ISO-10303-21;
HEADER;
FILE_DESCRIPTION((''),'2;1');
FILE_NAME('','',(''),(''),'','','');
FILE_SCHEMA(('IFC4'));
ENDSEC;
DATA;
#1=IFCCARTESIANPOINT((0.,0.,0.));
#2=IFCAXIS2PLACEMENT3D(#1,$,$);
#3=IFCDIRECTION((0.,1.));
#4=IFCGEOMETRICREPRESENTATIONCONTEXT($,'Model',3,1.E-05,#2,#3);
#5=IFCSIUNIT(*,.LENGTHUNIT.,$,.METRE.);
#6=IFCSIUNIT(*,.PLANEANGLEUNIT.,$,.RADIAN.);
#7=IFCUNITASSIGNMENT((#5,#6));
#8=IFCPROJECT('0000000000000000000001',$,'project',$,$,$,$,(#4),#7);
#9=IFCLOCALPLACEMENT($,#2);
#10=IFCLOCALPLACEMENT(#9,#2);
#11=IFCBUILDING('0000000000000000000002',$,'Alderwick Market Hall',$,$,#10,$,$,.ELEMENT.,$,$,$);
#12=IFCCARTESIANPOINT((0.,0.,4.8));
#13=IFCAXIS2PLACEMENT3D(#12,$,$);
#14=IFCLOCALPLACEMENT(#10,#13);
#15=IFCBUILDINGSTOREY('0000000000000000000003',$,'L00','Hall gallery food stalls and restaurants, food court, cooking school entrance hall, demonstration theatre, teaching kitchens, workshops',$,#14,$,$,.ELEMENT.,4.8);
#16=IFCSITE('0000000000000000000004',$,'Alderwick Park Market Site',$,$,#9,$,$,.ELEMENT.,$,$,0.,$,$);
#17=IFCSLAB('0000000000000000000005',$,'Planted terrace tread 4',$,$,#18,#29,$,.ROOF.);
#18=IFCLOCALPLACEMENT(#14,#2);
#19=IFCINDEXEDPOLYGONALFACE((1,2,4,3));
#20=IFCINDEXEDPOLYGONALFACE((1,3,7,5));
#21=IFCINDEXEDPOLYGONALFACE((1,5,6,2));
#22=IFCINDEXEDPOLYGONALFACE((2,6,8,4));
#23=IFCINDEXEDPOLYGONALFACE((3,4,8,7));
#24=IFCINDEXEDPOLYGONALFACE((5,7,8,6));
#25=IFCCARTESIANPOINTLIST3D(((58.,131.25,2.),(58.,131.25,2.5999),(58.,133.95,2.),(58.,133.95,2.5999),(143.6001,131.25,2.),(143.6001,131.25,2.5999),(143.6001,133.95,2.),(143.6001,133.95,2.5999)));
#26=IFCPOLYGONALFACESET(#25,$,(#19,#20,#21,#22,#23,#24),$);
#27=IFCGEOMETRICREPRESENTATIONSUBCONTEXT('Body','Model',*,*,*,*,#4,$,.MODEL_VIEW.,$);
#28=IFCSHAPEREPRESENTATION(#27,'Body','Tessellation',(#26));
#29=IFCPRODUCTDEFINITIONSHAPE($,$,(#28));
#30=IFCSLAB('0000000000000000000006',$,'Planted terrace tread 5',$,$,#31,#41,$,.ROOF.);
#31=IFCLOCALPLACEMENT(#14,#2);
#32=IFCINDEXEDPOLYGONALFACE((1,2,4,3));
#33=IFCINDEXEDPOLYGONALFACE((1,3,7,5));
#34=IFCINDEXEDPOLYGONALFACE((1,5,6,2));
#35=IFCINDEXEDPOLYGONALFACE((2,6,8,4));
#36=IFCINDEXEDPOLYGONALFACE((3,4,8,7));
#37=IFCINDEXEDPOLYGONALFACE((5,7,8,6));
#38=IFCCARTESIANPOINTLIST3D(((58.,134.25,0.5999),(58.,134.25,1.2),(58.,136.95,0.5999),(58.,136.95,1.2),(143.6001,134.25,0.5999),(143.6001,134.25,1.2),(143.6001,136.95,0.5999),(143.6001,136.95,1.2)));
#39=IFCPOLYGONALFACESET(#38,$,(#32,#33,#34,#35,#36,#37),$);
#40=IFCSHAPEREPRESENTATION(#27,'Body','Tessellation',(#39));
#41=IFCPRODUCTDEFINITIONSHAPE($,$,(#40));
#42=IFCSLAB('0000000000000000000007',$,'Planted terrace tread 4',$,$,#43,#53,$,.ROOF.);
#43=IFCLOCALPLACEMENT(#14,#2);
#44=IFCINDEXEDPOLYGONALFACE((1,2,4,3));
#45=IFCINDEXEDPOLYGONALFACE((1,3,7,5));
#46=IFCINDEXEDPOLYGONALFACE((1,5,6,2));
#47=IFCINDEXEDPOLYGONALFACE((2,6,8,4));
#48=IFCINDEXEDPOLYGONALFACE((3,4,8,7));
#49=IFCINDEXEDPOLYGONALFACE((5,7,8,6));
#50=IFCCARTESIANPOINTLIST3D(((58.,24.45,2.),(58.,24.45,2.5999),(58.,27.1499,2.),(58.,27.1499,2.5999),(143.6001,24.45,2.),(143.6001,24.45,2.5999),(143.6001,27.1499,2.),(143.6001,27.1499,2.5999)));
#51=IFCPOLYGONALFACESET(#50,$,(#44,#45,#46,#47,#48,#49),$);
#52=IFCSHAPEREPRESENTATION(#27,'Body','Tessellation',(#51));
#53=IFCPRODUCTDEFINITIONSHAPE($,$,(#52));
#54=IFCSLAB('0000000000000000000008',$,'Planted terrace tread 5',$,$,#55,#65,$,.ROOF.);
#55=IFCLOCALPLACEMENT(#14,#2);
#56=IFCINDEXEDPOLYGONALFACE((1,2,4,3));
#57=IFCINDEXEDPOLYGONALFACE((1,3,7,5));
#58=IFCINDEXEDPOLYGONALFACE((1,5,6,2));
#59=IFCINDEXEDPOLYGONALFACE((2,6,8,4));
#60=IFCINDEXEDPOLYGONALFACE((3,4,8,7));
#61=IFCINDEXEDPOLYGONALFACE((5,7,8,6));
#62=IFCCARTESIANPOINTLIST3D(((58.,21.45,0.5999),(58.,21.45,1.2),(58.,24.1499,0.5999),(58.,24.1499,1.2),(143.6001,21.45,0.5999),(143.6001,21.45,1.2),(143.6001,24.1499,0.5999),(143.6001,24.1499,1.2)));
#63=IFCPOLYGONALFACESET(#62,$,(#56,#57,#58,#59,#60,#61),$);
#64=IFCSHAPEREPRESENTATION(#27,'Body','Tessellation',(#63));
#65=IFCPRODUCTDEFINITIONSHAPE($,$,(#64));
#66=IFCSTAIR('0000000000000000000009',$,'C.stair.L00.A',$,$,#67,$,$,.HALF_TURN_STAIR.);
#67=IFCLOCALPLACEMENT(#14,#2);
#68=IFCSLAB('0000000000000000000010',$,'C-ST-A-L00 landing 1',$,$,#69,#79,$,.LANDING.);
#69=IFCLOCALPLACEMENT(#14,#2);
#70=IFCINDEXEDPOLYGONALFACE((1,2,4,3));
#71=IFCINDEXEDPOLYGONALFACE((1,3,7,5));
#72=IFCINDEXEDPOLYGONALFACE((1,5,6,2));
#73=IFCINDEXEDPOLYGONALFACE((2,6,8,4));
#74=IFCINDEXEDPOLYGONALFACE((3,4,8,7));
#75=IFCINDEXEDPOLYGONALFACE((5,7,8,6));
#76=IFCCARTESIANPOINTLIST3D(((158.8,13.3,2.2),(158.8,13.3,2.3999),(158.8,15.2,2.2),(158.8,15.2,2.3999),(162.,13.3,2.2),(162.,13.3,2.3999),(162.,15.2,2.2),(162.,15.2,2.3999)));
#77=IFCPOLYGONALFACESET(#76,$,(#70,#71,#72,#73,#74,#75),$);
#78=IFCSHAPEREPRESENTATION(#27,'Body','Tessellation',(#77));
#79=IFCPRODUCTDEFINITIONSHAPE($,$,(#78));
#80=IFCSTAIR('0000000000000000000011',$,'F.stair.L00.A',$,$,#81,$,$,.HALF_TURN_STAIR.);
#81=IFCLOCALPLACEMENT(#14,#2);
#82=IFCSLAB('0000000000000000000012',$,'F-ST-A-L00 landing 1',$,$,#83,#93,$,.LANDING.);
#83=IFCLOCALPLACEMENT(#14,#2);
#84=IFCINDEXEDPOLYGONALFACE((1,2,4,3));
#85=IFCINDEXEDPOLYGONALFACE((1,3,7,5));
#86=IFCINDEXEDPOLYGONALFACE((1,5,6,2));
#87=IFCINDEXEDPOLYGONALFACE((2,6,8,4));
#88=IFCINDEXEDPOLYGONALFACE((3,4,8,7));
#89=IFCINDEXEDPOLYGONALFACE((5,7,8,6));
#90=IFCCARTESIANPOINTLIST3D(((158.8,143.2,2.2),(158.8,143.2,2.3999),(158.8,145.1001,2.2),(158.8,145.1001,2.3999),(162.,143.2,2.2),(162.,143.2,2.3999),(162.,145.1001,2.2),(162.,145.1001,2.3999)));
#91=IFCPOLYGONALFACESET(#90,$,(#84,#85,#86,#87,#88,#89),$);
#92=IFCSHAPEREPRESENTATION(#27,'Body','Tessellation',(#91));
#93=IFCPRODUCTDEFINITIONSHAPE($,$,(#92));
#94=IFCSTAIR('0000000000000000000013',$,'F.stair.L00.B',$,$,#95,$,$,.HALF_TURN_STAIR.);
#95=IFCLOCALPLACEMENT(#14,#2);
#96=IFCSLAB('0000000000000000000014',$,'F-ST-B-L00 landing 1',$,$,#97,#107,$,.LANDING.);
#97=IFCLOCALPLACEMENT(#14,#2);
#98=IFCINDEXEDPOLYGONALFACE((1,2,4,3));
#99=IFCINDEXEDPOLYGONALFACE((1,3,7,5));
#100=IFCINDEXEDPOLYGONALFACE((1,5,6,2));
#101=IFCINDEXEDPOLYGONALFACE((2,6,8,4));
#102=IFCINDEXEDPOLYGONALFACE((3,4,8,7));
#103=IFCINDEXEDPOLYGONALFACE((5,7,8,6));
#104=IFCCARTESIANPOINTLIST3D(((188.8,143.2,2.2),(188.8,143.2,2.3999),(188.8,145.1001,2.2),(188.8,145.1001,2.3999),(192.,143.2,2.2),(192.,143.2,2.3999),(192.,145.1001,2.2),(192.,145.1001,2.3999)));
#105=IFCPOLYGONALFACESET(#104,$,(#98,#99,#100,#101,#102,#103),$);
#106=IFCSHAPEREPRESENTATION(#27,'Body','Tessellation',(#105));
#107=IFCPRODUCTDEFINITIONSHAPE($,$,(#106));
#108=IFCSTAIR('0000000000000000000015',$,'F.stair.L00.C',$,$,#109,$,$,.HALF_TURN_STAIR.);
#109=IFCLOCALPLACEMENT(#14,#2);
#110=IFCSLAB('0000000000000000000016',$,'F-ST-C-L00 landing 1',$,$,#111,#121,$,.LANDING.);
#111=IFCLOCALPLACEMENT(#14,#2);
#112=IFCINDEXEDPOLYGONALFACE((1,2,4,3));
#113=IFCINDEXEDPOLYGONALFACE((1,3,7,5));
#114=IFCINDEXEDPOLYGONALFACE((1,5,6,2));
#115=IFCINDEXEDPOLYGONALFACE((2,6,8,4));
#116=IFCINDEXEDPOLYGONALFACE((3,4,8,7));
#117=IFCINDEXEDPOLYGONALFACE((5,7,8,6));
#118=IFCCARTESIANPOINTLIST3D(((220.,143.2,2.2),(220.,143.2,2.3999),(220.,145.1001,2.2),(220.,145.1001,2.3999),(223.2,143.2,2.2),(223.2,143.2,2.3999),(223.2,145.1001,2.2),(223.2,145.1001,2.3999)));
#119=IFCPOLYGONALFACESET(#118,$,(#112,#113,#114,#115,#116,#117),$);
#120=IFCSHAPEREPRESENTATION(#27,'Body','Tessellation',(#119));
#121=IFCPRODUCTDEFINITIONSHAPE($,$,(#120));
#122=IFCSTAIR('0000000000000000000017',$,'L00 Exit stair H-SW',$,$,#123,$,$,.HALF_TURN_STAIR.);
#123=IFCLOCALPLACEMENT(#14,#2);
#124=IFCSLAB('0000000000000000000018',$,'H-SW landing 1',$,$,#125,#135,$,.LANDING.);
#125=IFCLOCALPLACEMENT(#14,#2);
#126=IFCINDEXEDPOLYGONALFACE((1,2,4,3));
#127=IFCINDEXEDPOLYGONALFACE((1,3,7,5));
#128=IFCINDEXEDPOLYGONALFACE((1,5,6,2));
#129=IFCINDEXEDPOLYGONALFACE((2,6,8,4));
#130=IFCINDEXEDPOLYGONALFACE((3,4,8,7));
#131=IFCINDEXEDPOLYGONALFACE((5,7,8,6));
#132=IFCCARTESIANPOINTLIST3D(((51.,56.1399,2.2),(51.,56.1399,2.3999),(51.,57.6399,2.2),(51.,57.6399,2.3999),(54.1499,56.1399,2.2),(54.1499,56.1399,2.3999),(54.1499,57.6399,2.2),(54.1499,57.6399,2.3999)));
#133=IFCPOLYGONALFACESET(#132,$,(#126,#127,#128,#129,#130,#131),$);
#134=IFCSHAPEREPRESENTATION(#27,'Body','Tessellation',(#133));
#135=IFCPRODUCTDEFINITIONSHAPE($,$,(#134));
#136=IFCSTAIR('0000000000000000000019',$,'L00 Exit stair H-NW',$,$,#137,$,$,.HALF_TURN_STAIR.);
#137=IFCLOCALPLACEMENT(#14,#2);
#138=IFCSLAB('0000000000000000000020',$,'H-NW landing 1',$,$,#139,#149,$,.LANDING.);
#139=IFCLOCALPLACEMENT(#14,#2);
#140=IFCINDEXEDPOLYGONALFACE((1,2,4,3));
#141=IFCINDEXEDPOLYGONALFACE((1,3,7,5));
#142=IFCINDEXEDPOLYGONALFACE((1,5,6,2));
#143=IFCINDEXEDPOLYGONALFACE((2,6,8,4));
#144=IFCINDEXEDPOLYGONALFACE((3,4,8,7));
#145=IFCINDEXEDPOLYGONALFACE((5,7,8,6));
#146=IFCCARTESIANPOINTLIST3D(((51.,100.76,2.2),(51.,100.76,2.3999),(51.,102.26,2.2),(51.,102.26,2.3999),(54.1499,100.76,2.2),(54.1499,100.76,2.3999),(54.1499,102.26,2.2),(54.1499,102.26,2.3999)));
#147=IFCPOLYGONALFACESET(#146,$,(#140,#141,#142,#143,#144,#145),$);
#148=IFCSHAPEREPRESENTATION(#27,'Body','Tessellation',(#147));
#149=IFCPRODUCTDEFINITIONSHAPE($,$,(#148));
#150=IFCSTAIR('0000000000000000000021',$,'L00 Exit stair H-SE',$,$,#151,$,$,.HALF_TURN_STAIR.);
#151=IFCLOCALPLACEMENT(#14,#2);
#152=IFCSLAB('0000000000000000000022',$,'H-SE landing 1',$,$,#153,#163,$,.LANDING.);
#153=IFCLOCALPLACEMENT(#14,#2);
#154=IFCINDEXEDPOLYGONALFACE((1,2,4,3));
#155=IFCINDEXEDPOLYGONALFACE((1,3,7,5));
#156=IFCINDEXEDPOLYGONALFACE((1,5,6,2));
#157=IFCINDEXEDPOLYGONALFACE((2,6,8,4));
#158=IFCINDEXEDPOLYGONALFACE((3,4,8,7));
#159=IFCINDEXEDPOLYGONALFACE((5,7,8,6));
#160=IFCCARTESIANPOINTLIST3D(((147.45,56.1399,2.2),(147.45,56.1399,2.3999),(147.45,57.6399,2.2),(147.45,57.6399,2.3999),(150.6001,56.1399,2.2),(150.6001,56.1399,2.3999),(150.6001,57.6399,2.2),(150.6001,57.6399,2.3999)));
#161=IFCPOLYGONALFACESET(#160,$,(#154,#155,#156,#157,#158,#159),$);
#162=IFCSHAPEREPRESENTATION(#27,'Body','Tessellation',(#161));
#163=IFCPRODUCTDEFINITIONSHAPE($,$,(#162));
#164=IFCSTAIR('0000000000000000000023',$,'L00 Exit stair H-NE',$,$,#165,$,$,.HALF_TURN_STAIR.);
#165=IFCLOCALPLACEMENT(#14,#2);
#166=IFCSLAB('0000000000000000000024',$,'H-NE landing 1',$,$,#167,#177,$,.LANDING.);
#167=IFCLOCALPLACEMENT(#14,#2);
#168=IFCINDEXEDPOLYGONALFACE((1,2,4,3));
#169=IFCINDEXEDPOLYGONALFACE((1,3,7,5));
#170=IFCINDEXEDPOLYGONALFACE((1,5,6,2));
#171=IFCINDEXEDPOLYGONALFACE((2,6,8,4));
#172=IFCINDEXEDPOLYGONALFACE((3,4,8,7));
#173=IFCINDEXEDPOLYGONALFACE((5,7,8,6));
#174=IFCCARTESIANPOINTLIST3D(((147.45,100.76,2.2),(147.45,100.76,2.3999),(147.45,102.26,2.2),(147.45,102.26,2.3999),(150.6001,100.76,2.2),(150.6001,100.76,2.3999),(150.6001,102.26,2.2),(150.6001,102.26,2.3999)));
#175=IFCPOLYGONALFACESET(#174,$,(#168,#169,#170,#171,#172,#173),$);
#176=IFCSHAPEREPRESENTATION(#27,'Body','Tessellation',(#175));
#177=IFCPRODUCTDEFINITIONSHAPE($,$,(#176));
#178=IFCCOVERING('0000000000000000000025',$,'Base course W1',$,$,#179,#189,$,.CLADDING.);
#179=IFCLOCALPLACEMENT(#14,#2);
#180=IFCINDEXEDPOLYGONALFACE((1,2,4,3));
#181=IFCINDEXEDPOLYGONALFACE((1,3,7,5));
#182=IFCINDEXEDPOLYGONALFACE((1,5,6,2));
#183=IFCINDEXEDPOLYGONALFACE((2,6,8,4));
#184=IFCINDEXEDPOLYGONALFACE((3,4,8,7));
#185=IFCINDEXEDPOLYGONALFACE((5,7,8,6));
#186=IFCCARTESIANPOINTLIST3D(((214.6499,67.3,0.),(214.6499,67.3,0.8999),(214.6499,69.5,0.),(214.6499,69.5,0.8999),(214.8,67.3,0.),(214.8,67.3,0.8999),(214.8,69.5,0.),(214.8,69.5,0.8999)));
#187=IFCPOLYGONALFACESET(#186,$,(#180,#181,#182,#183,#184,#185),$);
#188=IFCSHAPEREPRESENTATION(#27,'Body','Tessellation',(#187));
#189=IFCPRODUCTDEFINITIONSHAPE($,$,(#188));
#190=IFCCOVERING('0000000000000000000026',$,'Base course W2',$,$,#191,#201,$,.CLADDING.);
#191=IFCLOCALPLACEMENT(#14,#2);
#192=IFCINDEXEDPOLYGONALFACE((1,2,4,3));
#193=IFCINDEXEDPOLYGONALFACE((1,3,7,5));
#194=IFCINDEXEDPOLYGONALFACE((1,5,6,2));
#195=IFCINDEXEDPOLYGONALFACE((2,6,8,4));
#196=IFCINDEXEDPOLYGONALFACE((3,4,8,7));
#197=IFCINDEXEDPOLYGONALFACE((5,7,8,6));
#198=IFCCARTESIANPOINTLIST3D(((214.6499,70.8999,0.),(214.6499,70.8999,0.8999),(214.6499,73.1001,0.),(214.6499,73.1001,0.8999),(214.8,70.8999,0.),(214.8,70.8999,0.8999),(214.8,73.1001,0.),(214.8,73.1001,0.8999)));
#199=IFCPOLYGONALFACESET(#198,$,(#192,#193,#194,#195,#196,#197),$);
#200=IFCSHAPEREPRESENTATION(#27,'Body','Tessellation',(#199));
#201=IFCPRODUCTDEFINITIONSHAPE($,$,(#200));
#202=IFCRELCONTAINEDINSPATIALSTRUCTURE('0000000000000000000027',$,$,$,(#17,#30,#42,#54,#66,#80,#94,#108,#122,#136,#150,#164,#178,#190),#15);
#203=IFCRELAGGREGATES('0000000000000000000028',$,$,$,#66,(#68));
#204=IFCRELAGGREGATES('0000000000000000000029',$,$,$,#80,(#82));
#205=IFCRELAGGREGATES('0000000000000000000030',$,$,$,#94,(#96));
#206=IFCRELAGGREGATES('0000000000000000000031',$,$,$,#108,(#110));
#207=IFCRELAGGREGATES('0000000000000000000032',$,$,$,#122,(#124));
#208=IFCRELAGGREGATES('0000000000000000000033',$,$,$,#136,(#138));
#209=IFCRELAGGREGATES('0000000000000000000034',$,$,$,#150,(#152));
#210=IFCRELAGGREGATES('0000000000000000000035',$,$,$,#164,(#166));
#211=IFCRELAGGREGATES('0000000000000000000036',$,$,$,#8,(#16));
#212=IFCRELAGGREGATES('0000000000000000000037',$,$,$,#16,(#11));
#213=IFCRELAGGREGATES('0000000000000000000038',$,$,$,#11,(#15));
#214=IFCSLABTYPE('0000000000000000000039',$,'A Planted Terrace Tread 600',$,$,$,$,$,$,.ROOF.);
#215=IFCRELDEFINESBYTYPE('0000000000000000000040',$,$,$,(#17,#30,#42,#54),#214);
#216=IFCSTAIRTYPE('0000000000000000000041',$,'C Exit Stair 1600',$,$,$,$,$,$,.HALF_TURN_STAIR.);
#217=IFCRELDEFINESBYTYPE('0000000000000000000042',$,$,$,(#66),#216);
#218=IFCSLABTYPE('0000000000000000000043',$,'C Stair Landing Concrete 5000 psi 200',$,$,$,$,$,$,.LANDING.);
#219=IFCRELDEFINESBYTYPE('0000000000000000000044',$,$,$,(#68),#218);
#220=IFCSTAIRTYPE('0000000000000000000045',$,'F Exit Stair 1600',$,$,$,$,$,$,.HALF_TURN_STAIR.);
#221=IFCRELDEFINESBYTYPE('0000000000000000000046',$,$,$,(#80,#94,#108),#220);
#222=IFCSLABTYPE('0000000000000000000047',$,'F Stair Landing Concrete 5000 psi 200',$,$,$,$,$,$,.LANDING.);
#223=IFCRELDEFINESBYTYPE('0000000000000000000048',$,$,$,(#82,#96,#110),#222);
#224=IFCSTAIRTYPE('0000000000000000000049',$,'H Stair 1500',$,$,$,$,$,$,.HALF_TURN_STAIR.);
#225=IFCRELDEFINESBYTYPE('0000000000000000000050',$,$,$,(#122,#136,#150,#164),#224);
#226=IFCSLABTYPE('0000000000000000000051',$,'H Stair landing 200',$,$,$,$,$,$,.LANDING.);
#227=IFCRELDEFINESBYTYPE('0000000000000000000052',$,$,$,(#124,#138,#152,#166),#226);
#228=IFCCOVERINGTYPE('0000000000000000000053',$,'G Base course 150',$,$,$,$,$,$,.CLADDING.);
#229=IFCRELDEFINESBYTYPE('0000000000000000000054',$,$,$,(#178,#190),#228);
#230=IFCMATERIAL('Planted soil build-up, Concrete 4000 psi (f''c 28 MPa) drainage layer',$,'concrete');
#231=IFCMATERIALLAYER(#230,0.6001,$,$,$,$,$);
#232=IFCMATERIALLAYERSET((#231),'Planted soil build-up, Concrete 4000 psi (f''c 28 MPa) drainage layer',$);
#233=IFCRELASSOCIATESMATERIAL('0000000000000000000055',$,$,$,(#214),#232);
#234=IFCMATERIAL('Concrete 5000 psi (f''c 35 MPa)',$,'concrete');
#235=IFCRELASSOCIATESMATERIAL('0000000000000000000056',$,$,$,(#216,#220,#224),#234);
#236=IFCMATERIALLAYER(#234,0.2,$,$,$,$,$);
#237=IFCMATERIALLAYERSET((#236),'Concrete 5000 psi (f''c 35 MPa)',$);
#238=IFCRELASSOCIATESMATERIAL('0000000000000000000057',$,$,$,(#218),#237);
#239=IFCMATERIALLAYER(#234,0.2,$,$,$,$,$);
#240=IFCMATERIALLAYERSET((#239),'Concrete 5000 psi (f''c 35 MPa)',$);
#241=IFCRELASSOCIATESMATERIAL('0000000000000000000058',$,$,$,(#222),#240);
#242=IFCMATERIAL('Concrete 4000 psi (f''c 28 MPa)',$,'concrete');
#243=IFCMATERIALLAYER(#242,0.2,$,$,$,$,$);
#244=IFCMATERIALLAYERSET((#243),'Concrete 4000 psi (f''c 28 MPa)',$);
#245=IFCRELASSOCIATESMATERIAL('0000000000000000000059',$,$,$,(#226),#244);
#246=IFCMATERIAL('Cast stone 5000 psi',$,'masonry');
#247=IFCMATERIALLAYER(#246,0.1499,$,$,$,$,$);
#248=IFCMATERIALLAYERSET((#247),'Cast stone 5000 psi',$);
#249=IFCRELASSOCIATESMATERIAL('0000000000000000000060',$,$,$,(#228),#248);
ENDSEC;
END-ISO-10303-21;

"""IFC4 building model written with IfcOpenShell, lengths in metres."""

from ifc_helpers import new_model, si_unit, direction, frame, origin, place, context, subcontext, project, spatial, polyline, outline, extrude, material, layer, layer_set, type_object, element, aggregate, save


model = new_model("IFC4")

# Units and contexts
model_context = context("Model", 3, precision=1e-05, world=origin(), true_north=direction((0.0, 1.0)))
body_context = subcontext(model_context, "Body", "Model", "MODEL_VIEW")
ifc_project = project(units=[si_unit("LENGTHUNIT", "METRE"), si_unit("PLANEANGLEUNIT", "RADIAN")], contexts=[model_context])

# Site, building, storey
site_placement = place(None, origin())
site = spatial("IfcSite", under=ifc_project, at=site_placement, Name="Alderwick Park Market Site", CompositionType="ELEMENT", RefElevation=0.0)
building_placement = place(site_placement, origin())
building = spatial("IfcBuilding", under=site, at=building_placement, Name="Alderwick Market Hall", CompositionType="ELEMENT")
storey_placement = place(building_placement, frame((0.0, 0.0, 4.8)))
storey = spatial("IfcBuildingStorey", under=building, at=storey_placement, Name="L00", Description="Hall gallery food stalls and restaurants, food court, cooking school entrance hall, demonstration theatre, teaching kitchens, workshops", CompositionType="ELEMENT", Elevation=4.8)

# Slabs
ifc_material_1 = material(Name="Planted soil build-up, Concrete 4000 psi (f'c 28 MPa) drainage layer", Category="concrete")
ifc_layer_1 = layer(ifc_material_1, 0.6001)
ifc_layer_set_1 = layer_set([ifc_layer_1], Name="Planted soil build-up, Concrete 4000 psi (f'c 28 MPa) drainage layer")
slab_type_1 = type_object("IfcSlabType", Name="A Planted Terrace Tread 600", PredefinedType="ROOF", material=ifc_layer_set_1)
slab_1_placement = place(storey_placement, frame((0.0, 0.0, 2.0)))
element("IfcSlab", 1, at=slab_1_placement, inside=storey, type_object=slab_type_1, Name="Planted terrace tread 4", PredefinedType="ROOF", context=body_context, shape_type="SweptSolid", body=[
    extrude(outline(polyline([(58.0, 131.25), (143.6001, 131.25), (143.6001, 133.95), (58.0, 133.95), (58.0, 131.25)])), origin(), (0.0, 0.0, 1.0), 0.5999),
])
slab_2_placement = place(storey_placement, frame((0.0, 0.0, 0.5999)))
element("IfcSlab", 2, at=slab_2_placement, inside=storey, type_object=slab_type_1, Name="Planted terrace tread 5", PredefinedType="ROOF", context=body_context, shape_type="SweptSolid", body=[
    extrude(outline(polyline([(58.0, 134.25), (143.6001, 134.25), (143.6001, 136.95), (58.0, 136.95), (58.0, 134.25)])), origin(), (0.0, 0.0, 1.0), 0.6001),
])
slab_3_placement = place(storey_placement, frame((0.0, 0.0, 2.0)))
element("IfcSlab", 3, at=slab_3_placement, inside=storey, type_object=slab_type_1, Name="Planted terrace tread 4", PredefinedType="ROOF", context=body_context, shape_type="SweptSolid", body=[
    extrude(outline(polyline([(58.0, 24.45), (143.6001, 24.45), (143.6001, 27.1499), (58.0, 27.1499), (58.0, 24.45)])), origin(), (0.0, 0.0, 1.0), 0.5999),
])
slab_4_placement = place(storey_placement, frame((0.0, 0.0, 0.5999)))
element("IfcSlab", 4, at=slab_4_placement, inside=storey, type_object=slab_type_1, Name="Planted terrace tread 5", PredefinedType="ROOF", context=body_context, shape_type="SweptSolid", body=[
    extrude(outline(polyline([(58.0, 21.45), (143.6001, 21.45), (143.6001, 24.1499), (58.0, 24.1499), (58.0, 21.45)])), origin(), (0.0, 0.0, 1.0), 0.6001),
])

# Stairs, slabs
ifc_material_2 = material(Name="Concrete 5000 psi (f'c 35 MPa)", Category="concrete")
stair_type_1 = type_object("IfcStairType", Name="C Exit Stair 1600", PredefinedType="HALF_TURN_STAIR", material=ifc_material_2)
stair_1_placement = place(storey_placement, origin())
stair_1 = element("IfcStair", 5, at=stair_1_placement, inside=storey, type_object=stair_type_1, Name="C.stair.L00.A", PredefinedType="HALF_TURN_STAIR")
ifc_layer_2 = layer(ifc_material_2, 0.2)
ifc_layer_set_2 = layer_set([ifc_layer_2], Name="Concrete 5000 psi (f'c 35 MPa)")
slab_type_2 = type_object("IfcSlabType", Name="C Stair Landing Concrete 5000 psi 200", PredefinedType="LANDING", material=ifc_layer_set_2)
slab_5_placement = place(storey_placement, frame((0.0, 0.0, 2.2)))
slab_5 = element("IfcSlab", 6, at=slab_5_placement, type_object=slab_type_2, Name="C-ST-A-L00 landing 1", PredefinedType="LANDING", context=body_context, shape_type="SweptSolid", body=[
    extrude(outline(polyline([(158.8, 15.2), (162.0, 15.2), (162.0, 13.3), (158.8, 13.3), (158.8, 15.2)])), origin(), (0.0, 0.0, 1.0), 0.2),
])
aggregate(stair_1, [slab_5])
stair_type_2 = type_object("IfcStairType", Name="F Exit Stair 1600", PredefinedType="HALF_TURN_STAIR", material=ifc_material_2)
stair_2_placement = place(storey_placement, origin())
stair_2 = element("IfcStair", 7, at=stair_2_placement, inside=storey, type_object=stair_type_2, Name="F.stair.L00.A", PredefinedType="HALF_TURN_STAIR")
ifc_layer_3 = layer(ifc_material_2, 0.2)
ifc_layer_set_3 = layer_set([ifc_layer_3], Name="Concrete 5000 psi (f'c 35 MPa)")
slab_type_3 = type_object("IfcSlabType", Name="F Stair Landing Concrete 5000 psi 200", PredefinedType="LANDING", material=ifc_layer_set_3)
slab_6_placement = place(storey_placement, frame((0.0, 0.0, 2.2)))
slab_6 = element("IfcSlab", 8, at=slab_6_placement, type_object=slab_type_3, Name="F-ST-A-L00 landing 1", PredefinedType="LANDING", context=body_context, shape_type="SweptSolid", body=[
    extrude(outline(polyline([(158.8, 143.2), (162.0, 143.2), (162.0, 145.1001), (158.8, 145.1001), (158.8, 143.2)])), origin(), (0.0, 0.0, 1.0), 0.2),
])
aggregate(stair_2, [slab_6])
stair_3_placement = place(storey_placement, origin())
stair_3 = element("IfcStair", 9, at=stair_3_placement, inside=storey, type_object=stair_type_2, Name="F.stair.L00.B", PredefinedType="HALF_TURN_STAIR")
slab_7_placement = place(storey_placement, frame((0.0, 0.0, 2.2)))
slab_7 = element("IfcSlab", 10, at=slab_7_placement, type_object=slab_type_3, Name="F-ST-B-L00 landing 1", PredefinedType="LANDING", context=body_context, shape_type="SweptSolid", body=[
    extrude(outline(polyline([(188.8, 143.2), (192.0, 143.2), (192.0, 145.1001), (188.8, 145.1001), (188.8, 143.2)])), origin(), (0.0, 0.0, 1.0), 0.2),
])
aggregate(stair_3, [slab_7])
stair_4_placement = place(storey_placement, origin())
stair_4 = element("IfcStair", 11, at=stair_4_placement, inside=storey, type_object=stair_type_2, Name="F.stair.L00.C", PredefinedType="HALF_TURN_STAIR")
slab_8_placement = place(storey_placement, frame((0.0, 0.0, 2.2)))
slab_8 = element("IfcSlab", 12, at=slab_8_placement, type_object=slab_type_3, Name="F-ST-C-L00 landing 1", PredefinedType="LANDING", context=body_context, shape_type="SweptSolid", body=[
    extrude(outline(polyline([(220.0, 143.2), (223.2, 143.2), (223.2, 145.1001), (220.0, 145.1001), (220.0, 143.2)])), origin(), (0.0, 0.0, 1.0), 0.2),
])
aggregate(stair_4, [slab_8])
stair_type_3 = type_object("IfcStairType", Name="H Stair 1500", PredefinedType="HALF_TURN_STAIR", material=ifc_material_2)
stair_5_placement = place(storey_placement, origin())
stair_5 = element("IfcStair", 13, at=stair_5_placement, inside=storey, type_object=stair_type_3, Name="L00 Exit stair H-SW", PredefinedType="HALF_TURN_STAIR")
ifc_material_3 = material(Name="Concrete 4000 psi (f'c 28 MPa)", Category="concrete")
ifc_layer_4 = layer(ifc_material_3, 0.2)
ifc_layer_set_4 = layer_set([ifc_layer_4], Name="Concrete 4000 psi (f'c 28 MPa)")
slab_type_4 = type_object("IfcSlabType", Name="H Stair landing 200", PredefinedType="LANDING", material=ifc_layer_set_4)
slab_9_placement = place(storey_placement, frame((0.0, 0.0, 2.2)))
slab_9 = element("IfcSlab", 14, at=slab_9_placement, type_object=slab_type_4, Name="H-SW landing 1", PredefinedType="LANDING", context=body_context, shape_type="SweptSolid", body=[
    extrude(outline(polyline([(54.1499, 56.1399), (54.1499, 57.6399), (51.0, 57.6399), (51.0, 56.1399), (54.1499, 56.1399)])), origin(), (0.0, 0.0, 1.0), 0.2),
])
aggregate(stair_5, [slab_9])
stair_6_placement = place(storey_placement, origin())
stair_6 = element("IfcStair", 15, at=stair_6_placement, inside=storey, type_object=stair_type_3, Name="L00 Exit stair H-NW", PredefinedType="HALF_TURN_STAIR")
slab_10_placement = place(storey_placement, frame((0.0, 0.0, 2.2)))
slab_10 = element("IfcSlab", 16, at=slab_10_placement, type_object=slab_type_4, Name="H-NW landing 1", PredefinedType="LANDING", context=body_context, shape_type="SweptSolid", body=[
    extrude(outline(polyline([(51.0, 102.26), (51.0, 100.76), (54.1499, 100.76), (54.1499, 102.26), (51.0, 102.26)])), origin(), (0.0, 0.0, 1.0), 0.2),
])
aggregate(stair_6, [slab_10])
stair_7_placement = place(storey_placement, origin())
stair_7 = element("IfcStair", 17, at=stair_7_placement, inside=storey, type_object=stair_type_3, Name="L00 Exit stair H-SE", PredefinedType="HALF_TURN_STAIR")
slab_11_placement = place(storey_placement, frame((0.0, 0.0, 2.2)))
slab_11 = element("IfcSlab", 18, at=slab_11_placement, type_object=slab_type_4, Name="H-SE landing 1", PredefinedType="LANDING", context=body_context, shape_type="SweptSolid", body=[
    extrude(outline(polyline([(150.6001, 56.1399), (150.6001, 57.6399), (147.45, 57.6399), (147.45, 56.1399), (150.6001, 56.1399)])), origin(), (0.0, 0.0, 1.0), 0.2),
])
aggregate(stair_7, [slab_11])
stair_8_placement = place(storey_placement, origin())
stair_8 = element("IfcStair", 19, at=stair_8_placement, inside=storey, type_object=stair_type_3, Name="L00 Exit stair H-NE", PredefinedType="HALF_TURN_STAIR")
slab_12_placement = place(storey_placement, frame((0.0, 0.0, 2.2)))
slab_12 = element("IfcSlab", 20, at=slab_12_placement, type_object=slab_type_4, Name="H-NE landing 1", PredefinedType="LANDING", context=body_context, shape_type="SweptSolid", body=[
    extrude(outline(polyline([(147.45, 102.26), (147.45, 100.76), (150.6001, 100.76), (150.6001, 102.26), (147.45, 102.26)])), origin(), (0.0, 0.0, 1.0), 0.2),
])
aggregate(stair_8, [slab_12])

# Coverings
ifc_material_4 = material(Name="Cast stone 5000 psi", Category="masonry")
ifc_layer_5 = layer(ifc_material_4, 0.1499)
ifc_layer_set_5 = layer_set([ifc_layer_5], Name="Cast stone 5000 psi")
covering_type_1 = type_object("IfcCoveringType", Name="G Base course 150", PredefinedType="CLADDING", material=ifc_layer_set_5)
covering_1_placement = place(storey_placement, origin())
element("IfcCovering", 21, at=covering_1_placement, inside=storey, type_object=covering_type_1, Name="Base course W1", PredefinedType="CLADDING", context=body_context, shape_type="SweptSolid", body=[
    extrude(outline(polyline([(214.6499, 67.3), (214.8, 67.3), (214.8, 69.5), (214.6499, 69.5), (214.6499, 67.3)])), origin(), (0.0, 0.0, 1.0), 0.8999),
])
covering_2_placement = place(storey_placement, origin())
element("IfcCovering", 22, at=covering_2_placement, inside=storey, type_object=covering_type_1, Name="Base course W2", PredefinedType="CLADDING", context=body_context, shape_type="SweptSolid", body=[
    extrude(outline(polyline([(214.6499, 70.8999), (214.8, 70.8999), (214.8, 73.1001), (214.6499, 73.1001), (214.6499, 70.8999)])), origin(), (0.0, 0.0, 1.0), 0.8999),
])

save(model, "model.ifc")
